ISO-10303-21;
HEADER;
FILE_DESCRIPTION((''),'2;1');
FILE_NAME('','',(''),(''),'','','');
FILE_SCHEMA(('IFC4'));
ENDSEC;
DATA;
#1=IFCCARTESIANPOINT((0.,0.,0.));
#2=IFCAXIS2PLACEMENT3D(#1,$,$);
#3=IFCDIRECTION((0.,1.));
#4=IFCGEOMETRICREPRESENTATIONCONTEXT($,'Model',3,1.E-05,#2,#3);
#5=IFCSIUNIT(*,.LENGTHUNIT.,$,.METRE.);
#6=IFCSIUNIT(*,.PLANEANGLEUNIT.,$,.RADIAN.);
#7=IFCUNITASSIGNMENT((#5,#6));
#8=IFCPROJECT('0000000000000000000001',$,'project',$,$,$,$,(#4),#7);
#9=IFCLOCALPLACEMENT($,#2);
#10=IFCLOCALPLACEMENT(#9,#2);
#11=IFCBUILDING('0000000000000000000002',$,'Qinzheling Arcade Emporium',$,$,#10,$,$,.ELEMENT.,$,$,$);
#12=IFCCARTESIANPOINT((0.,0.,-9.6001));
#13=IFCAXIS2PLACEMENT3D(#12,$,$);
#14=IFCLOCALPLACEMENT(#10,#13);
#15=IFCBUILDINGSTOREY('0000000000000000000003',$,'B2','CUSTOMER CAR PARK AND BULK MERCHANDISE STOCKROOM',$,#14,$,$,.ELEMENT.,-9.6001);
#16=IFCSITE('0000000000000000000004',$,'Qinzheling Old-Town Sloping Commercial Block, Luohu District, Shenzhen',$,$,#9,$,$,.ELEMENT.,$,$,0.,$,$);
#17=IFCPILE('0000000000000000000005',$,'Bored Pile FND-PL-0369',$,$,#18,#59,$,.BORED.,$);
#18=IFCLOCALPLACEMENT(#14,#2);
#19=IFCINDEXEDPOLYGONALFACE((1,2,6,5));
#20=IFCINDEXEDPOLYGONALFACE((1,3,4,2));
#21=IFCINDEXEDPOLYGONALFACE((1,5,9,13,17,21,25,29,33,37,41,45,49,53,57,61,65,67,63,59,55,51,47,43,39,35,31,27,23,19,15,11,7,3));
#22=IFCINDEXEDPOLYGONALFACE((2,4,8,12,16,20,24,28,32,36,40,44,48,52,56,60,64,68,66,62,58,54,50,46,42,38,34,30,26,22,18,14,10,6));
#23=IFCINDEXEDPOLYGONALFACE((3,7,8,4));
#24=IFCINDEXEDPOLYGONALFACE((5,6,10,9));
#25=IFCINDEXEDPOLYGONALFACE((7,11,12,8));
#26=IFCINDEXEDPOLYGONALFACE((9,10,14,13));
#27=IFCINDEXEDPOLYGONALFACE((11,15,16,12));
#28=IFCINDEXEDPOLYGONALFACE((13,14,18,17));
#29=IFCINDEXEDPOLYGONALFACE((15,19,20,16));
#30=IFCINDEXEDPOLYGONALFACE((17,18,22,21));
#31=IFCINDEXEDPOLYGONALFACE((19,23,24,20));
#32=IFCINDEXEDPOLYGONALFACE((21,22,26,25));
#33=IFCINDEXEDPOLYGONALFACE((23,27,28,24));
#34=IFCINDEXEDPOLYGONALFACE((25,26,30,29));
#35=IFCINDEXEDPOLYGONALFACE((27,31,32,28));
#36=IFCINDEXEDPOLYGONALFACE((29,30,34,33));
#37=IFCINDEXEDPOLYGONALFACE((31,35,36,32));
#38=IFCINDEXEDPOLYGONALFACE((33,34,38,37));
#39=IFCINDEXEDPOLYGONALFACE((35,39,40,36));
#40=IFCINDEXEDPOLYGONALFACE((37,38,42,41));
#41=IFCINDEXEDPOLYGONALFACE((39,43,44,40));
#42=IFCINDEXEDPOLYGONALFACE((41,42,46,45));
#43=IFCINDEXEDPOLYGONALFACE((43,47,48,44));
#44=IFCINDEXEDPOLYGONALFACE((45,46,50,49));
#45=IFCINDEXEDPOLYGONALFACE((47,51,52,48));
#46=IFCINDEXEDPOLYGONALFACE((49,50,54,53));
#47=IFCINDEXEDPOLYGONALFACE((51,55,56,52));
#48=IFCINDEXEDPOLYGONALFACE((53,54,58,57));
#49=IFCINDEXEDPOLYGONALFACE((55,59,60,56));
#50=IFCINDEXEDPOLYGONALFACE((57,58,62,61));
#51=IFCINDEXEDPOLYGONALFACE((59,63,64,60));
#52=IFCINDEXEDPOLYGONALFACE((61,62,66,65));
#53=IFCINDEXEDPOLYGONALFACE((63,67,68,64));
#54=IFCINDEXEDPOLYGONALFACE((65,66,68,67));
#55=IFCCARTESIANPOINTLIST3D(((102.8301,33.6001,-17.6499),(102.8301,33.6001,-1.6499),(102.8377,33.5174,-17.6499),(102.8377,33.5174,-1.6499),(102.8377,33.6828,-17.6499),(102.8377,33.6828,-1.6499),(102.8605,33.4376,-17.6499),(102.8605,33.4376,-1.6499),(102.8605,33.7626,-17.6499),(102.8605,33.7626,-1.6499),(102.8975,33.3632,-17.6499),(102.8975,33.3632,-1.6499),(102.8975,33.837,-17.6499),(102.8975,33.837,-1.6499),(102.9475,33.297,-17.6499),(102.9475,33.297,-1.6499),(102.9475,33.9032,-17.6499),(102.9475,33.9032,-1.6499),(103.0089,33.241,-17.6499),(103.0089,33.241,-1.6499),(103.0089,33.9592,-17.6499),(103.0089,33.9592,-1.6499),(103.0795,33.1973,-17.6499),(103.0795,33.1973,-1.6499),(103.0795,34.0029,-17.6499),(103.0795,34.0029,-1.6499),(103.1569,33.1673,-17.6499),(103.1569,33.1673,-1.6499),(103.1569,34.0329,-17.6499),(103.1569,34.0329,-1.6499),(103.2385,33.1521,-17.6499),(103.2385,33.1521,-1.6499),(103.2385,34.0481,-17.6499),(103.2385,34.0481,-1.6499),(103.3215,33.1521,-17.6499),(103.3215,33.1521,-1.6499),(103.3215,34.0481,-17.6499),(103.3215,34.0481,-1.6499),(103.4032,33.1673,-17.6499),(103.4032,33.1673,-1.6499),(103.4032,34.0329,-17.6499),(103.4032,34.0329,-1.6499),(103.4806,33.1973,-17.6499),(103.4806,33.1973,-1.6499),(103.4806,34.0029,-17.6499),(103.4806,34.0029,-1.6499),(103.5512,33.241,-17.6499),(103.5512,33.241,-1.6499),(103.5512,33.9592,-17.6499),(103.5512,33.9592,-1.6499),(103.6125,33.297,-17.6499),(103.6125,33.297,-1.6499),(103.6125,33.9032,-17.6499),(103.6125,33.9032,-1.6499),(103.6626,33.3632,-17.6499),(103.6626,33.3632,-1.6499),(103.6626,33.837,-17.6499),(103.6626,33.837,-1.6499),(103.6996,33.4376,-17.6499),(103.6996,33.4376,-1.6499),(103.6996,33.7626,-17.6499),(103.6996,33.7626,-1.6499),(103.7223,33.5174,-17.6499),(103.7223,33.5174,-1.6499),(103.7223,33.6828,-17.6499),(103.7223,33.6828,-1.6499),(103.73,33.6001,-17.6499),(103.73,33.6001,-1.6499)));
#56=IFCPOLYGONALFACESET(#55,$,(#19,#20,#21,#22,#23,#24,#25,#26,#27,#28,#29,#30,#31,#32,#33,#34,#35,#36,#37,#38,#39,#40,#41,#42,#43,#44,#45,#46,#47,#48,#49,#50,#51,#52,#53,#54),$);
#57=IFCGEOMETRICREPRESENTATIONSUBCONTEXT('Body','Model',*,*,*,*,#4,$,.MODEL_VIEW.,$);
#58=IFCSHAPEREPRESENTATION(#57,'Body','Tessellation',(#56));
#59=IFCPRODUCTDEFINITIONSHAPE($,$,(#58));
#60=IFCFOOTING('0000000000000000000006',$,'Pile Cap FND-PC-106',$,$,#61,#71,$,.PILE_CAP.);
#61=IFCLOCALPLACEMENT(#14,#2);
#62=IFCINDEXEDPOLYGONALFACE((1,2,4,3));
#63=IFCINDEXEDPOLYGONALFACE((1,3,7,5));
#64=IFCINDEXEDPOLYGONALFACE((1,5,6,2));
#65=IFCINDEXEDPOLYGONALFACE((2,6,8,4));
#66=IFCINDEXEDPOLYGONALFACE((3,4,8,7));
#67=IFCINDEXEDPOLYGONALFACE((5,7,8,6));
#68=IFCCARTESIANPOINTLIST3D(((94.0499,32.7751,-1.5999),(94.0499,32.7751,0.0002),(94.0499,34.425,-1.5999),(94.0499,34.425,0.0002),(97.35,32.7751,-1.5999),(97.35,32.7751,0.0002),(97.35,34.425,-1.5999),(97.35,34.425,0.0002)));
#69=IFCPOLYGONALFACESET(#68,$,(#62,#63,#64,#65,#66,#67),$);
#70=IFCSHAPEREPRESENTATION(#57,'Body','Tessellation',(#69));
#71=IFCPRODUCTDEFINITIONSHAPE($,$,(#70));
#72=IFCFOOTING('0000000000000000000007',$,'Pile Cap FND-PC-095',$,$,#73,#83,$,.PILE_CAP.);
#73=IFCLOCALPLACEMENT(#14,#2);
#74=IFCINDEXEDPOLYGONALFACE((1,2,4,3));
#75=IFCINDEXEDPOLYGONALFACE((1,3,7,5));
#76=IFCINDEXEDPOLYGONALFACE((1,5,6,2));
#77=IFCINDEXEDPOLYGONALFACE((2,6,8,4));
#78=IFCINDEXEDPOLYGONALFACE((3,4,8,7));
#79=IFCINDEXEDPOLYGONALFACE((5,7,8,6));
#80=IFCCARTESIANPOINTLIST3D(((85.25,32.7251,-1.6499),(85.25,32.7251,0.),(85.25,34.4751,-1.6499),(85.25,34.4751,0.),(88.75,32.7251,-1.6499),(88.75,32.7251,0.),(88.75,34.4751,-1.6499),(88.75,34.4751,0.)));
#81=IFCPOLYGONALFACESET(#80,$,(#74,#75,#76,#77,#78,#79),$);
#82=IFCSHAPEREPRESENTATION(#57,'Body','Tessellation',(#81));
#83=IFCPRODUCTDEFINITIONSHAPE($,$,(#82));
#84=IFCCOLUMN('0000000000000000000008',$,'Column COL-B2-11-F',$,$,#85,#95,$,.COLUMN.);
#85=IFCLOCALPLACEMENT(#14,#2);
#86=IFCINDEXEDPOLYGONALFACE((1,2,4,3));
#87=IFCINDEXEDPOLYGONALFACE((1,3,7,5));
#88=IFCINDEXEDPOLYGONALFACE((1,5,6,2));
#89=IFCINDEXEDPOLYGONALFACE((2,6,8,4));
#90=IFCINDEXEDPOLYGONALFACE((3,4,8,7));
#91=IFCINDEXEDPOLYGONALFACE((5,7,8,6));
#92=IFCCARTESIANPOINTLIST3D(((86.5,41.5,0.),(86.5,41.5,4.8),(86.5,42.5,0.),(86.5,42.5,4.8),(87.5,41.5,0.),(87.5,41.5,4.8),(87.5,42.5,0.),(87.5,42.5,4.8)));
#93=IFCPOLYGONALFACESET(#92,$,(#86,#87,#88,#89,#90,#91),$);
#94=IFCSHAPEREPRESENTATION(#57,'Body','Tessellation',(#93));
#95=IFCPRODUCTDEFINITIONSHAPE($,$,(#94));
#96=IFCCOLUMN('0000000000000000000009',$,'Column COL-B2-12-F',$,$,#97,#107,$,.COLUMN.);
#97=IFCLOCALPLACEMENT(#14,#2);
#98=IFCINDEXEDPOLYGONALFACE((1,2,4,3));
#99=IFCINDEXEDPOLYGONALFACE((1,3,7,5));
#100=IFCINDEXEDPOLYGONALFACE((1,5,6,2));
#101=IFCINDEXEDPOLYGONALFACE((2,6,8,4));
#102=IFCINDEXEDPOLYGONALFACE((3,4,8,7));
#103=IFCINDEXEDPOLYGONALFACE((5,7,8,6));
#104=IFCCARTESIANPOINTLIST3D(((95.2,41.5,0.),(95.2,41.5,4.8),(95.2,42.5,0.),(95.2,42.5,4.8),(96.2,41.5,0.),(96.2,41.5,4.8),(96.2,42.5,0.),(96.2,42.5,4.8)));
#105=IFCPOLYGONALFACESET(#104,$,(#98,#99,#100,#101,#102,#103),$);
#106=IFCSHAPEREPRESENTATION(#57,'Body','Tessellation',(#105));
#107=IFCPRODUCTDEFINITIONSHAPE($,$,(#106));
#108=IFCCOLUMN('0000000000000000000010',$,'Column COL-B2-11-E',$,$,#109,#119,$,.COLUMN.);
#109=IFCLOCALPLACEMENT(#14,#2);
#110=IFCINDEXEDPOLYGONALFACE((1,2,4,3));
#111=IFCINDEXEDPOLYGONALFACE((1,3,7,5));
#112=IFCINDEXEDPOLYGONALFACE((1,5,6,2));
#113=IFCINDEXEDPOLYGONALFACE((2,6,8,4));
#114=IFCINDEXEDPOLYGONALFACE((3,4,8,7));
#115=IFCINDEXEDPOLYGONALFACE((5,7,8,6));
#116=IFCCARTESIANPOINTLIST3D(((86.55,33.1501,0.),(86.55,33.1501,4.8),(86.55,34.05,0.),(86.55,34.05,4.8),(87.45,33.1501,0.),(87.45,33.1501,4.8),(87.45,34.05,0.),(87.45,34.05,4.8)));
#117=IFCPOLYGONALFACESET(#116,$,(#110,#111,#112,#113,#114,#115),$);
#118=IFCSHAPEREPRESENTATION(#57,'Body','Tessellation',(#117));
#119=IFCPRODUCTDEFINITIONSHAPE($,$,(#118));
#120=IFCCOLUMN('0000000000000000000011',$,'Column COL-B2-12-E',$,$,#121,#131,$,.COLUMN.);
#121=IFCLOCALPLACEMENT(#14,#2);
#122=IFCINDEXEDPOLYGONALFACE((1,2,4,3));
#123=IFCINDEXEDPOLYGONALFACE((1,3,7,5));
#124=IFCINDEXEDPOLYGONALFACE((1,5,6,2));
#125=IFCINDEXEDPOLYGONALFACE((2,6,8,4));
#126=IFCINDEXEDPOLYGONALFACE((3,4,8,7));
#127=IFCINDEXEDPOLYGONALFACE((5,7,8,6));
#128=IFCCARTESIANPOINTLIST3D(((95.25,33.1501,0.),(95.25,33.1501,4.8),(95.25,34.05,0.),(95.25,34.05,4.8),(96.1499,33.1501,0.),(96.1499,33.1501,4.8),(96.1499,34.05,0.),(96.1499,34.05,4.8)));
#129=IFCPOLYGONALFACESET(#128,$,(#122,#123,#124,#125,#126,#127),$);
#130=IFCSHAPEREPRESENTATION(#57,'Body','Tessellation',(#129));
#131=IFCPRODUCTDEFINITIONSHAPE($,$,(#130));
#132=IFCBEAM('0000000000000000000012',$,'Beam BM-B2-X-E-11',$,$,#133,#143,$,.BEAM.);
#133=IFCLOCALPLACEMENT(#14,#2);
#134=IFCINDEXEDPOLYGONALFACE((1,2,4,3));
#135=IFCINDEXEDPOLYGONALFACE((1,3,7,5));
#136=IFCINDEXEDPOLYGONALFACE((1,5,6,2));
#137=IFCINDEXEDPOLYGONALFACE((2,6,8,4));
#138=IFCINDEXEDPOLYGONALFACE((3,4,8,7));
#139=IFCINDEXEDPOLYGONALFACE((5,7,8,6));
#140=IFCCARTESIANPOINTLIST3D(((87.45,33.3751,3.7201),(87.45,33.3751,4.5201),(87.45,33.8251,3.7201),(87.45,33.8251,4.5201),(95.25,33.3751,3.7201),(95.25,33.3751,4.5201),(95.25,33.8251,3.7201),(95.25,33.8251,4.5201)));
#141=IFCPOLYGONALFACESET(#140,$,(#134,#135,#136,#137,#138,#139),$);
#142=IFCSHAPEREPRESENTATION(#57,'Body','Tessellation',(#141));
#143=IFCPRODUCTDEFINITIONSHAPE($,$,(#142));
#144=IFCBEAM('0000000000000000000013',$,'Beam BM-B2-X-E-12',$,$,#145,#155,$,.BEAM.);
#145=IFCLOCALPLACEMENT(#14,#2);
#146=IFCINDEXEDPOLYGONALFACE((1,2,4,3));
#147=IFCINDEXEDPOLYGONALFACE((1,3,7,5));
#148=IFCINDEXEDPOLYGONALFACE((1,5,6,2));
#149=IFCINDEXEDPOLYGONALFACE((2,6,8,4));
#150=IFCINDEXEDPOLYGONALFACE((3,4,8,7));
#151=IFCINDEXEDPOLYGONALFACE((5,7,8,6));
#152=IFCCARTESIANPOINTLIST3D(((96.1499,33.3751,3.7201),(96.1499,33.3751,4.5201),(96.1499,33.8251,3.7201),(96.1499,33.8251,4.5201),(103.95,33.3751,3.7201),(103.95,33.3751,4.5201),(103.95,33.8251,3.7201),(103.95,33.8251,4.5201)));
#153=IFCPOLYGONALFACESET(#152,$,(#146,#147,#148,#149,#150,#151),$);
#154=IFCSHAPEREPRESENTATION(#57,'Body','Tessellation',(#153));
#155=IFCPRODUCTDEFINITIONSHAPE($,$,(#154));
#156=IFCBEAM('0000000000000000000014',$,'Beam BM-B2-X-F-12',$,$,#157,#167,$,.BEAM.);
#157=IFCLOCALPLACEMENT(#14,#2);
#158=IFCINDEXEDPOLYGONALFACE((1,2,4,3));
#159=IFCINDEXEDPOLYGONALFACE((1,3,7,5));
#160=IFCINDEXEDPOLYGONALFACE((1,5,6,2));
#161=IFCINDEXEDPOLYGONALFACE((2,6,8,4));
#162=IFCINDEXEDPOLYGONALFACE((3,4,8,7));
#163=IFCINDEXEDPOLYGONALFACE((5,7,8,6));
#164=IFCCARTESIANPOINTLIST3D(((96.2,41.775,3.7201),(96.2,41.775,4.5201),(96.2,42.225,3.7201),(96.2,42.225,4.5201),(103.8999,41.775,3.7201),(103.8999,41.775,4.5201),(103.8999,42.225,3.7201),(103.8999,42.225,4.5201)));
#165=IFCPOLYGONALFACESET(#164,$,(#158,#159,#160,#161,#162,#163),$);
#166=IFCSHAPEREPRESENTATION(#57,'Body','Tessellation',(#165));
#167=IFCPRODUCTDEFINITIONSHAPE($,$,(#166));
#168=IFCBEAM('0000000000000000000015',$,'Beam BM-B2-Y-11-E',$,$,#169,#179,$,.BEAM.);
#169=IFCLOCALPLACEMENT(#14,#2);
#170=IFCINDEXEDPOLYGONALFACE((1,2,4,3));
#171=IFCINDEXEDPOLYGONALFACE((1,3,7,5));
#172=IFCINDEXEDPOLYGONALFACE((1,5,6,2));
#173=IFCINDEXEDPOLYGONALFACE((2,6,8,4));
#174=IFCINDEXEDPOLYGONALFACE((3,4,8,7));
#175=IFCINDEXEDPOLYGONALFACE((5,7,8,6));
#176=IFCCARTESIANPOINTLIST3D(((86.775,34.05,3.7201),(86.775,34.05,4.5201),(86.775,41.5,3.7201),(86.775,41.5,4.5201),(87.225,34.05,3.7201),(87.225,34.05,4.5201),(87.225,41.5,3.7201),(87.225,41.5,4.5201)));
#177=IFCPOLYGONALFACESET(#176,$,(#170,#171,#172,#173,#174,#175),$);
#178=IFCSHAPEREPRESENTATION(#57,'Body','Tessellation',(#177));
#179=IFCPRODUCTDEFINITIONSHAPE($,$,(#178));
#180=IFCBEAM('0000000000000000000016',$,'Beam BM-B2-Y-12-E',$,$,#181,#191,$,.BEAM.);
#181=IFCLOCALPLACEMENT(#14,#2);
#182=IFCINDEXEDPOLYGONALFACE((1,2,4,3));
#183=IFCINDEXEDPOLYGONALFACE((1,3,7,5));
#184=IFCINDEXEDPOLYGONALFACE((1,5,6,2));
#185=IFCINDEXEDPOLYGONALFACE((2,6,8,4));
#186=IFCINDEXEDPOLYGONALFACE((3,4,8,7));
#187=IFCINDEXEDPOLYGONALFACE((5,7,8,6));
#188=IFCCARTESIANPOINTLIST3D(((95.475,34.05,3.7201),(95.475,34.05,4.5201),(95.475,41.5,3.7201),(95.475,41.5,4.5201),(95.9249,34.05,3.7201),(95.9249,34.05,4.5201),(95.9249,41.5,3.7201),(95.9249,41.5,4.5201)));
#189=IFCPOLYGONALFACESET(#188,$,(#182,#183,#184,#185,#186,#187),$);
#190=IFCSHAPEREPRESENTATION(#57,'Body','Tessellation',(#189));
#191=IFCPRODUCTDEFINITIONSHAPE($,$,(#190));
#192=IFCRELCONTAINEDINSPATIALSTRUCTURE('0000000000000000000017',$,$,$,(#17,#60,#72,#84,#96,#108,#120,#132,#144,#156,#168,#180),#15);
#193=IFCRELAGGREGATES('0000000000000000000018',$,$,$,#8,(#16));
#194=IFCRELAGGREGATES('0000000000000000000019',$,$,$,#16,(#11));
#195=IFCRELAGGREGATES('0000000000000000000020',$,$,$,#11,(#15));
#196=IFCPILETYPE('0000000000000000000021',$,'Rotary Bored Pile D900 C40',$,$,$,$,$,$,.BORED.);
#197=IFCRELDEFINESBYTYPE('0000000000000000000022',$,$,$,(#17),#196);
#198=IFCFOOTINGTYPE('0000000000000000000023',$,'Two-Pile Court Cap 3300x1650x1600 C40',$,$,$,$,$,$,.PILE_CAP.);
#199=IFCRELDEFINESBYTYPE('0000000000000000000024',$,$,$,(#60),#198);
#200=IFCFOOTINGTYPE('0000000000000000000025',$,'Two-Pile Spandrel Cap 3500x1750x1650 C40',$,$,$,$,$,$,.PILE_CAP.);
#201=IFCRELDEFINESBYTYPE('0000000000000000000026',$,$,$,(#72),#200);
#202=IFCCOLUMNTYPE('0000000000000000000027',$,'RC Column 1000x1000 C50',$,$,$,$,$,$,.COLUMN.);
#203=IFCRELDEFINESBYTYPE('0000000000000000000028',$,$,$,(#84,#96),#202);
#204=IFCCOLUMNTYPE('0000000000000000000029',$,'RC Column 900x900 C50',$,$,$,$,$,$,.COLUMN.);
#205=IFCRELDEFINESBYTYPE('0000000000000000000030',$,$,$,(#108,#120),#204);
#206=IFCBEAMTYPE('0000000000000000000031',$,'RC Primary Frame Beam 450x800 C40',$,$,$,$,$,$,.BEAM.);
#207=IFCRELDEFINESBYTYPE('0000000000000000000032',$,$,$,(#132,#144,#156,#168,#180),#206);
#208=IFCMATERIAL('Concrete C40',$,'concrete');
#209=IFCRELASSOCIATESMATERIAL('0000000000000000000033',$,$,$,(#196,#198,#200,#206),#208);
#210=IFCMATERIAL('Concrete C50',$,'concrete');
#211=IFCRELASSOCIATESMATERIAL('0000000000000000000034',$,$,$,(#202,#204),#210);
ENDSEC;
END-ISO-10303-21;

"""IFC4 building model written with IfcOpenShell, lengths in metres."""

from ifc_helpers import new_model, si_unit, direction, frame, origin, origin_2d, place, context, subcontext, project, spatial, rectangle, circle, extrude, material, material_profile, profile_set, type_object, element, save


model = new_model("IFC4")

# Units and contexts
model_context = context("Model", 3, precision=1e-05, world=origin(), true_north=direction((0.0, 1.0)))
body_context = subcontext(model_context, "Body", "Model", "MODEL_VIEW")
ifc_project = project(units=[si_unit("LENGTHUNIT", "METRE"), si_unit("PLANEANGLEUNIT", "RADIAN")], contexts=[model_context])

# Site, building, storey
site_placement = place(None, origin())
site = spatial("IfcSite", under=ifc_project, at=site_placement, Name="Qinzheling Old-Town Sloping Commercial Block, Luohu District, Shenzhen", CompositionType="ELEMENT", RefElevation=0.0)
building_placement = place(site_placement, origin())
building = spatial("IfcBuilding", under=site, at=building_placement, Name="Qinzheling Arcade Emporium", CompositionType="ELEMENT")
storey_placement = place(building_placement, frame((0.0, 0.0, -9.6001)))
storey = spatial("IfcBuildingStorey", under=building, at=storey_placement, Name="B2", Description="CUSTOMER CAR PARK AND BULK MERCHANDISE STOCKROOM", CompositionType="ELEMENT", Elevation=-9.6001)

# Shared definitions
ifc_material_1 = material(Name="Concrete C40", Category="concrete")

# Pile
ifc_material_profile_1 = material_profile(ifc_material_1, circle(Radius=0.45, at=origin_2d()), Name="BORED D900", Category="concrete")
ifc_profile_set_1 = profile_set([ifc_material_profile_1], Name="Concrete C40")
pile_type_1 = type_object("IfcPileType", Name="Rotary Bored Pile D900 C40", PredefinedType="BORED", material=ifc_profile_set_1)
pile_1_placement = place(storey_placement, frame((103.28, 33.6001, -1.6499), z_axis=(0.0, 0.0, -1.0), x_axis=(1.0, 0.0, 0.0)))
element("IfcPile", 1, at=pile_1_placement, inside=storey, type_object=pile_type_1, Name="Bored Pile FND-PL-0369", PredefinedType="BORED", context=body_context, shape_type="SweptSolid", body=[
    extrude(circle(Radius=0.45, at=origin_2d()), origin(), (0.0, 0.0, 1.0), 16.0),
])

# Footings
footing_type_1 = type_object("IfcFootingType", Name="Two-Pile Court Cap 3300x1650x1600 C40", PredefinedType="PILE_CAP", material=ifc_material_1)
footing_1_placement = place(storey_placement, frame((95.7, 33.6001, -1.5999), z_axis=(0.0, 0.0, 1.0), x_axis=(1.0, 0.0, 0.0)))
element("IfcFooting", 2, at=footing_1_placement, inside=storey, type_object=footing_type_1, Name="Pile Cap FND-PC-106", PredefinedType="PILE_CAP", context=body_context, shape_type="SweptSolid", body=[
    extrude(rectangle(XDim=3.3, YDim=1.6499, at=origin_2d()), origin(), (0.0, 0.0, 1.0), 1.6001),
])
footing_type_2 = type_object("IfcFootingType", Name="Two-Pile Spandrel Cap 3500x1750x1650 C40", PredefinedType="PILE_CAP", material=ifc_material_1)
footing_2_placement = place(storey_placement, frame((87.0, 33.6001, -1.6499), z_axis=(0.0, 0.0, 1.0), x_axis=(1.0, 0.0, 0.0)))
element("IfcFooting", 3, at=footing_2_placement, inside=storey, type_object=footing_type_2, Name="Pile Cap FND-PC-095", PredefinedType="PILE_CAP", context=body_context, shape_type="SweptSolid", body=[
    extrude(rectangle(XDim=3.5, YDim=1.75, at=origin_2d()), origin(), (0.0, 0.0, 1.0), 1.6499),
])

# Columns
ifc_material_2 = material(Name="Concrete C50", Category="concrete")
ifc_material_profile_2 = material_profile(ifc_material_2, rectangle(XDim=1.0, YDim=1.0, at=origin_2d()), Name="RC 1000x1000", Category="concrete")
ifc_profile_set_2 = profile_set([ifc_material_profile_2], Name="Concrete C50")
column_type_1 = type_object("IfcColumnType", Name="RC Column 1000x1000 C50", PredefinedType="COLUMN", material=ifc_profile_set_2)
for number, where, z_axis, x_axis, name in (
    (4, (87.0, 42.0, 0.0), (0.0, 0.0, 1.0), (1.0, 0.0, 0.0), "Column COL-B2-11-F"),
    (5, (95.7, 42.0, 0.0), (0.0, 0.0, 1.0), (1.0, 0.0, 0.0), "Column COL-B2-12-F"),
):
    element("IfcColumn", number, at=place(storey_placement, frame(where, z_axis=z_axis, x_axis=x_axis)), inside=storey, type_object=column_type_1, Name=name, PredefinedType="COLUMN", context=body_context, shape_type="SweptSolid", body=[
        extrude(rectangle(XDim=1.0, YDim=1.0, at=origin_2d()), origin(), (0.0, 0.0, 1.0), 4.8),
    ])
ifc_material_profile_3 = material_profile(ifc_material_2, rectangle(XDim=0.8999, YDim=0.8999, at=origin_2d()), Name="RC 900x900", Category="concrete")
ifc_profile_set_3 = profile_set([ifc_material_profile_3], Name="Concrete C50")
column_type_2 = type_object("IfcColumnType", Name="RC Column 900x900 C50", PredefinedType="COLUMN", material=ifc_profile_set_3)
for number, where, z_axis, x_axis, name in (
    (6, (87.0, 33.6001, 0.0), (0.0, 0.0, 1.0), (1.0, 0.0, 0.0), "Column COL-B2-11-E"),
    (7, (95.7, 33.6001, 0.0), (0.0, 0.0, 1.0), (1.0, 0.0, 0.0), "Column COL-B2-12-E"),
):
    element("IfcColumn", number, at=place(storey_placement, frame(where, z_axis=z_axis, x_axis=x_axis)), inside=storey, type_object=column_type_2, Name=name, PredefinedType="COLUMN", context=body_context, shape_type="SweptSolid", body=[
        extrude(rectangle(XDim=0.8999, YDim=0.8999, at=origin_2d()), origin(), (0.0, 0.0, 1.0), 4.8),
    ])

# Beams
ifc_material_profile_4 = material_profile(ifc_material_1, rectangle(XDim=0.45, YDim=0.8, at=origin_2d()), Name="RC 450x800", Category="concrete")
ifc_profile_set_4 = profile_set([ifc_material_profile_4], Name="Concrete C40")
beam_type = type_object("IfcBeamType", Name="RC Primary Frame Beam 450x800 C40", PredefinedType="BEAM", material=ifc_profile_set_4)
for number, where, z_axis, x_axis, name in (
    (8, (87.45, 33.6001, 4.1201), (1.0, 0.0, 0.0), (0.0, 1.0, 0.0), "Beam BM-B2-X-E-11"),
    (9, (96.1499, 33.6001, 4.1201), (1.0, 0.0, 0.0), (0.0, 1.0, 0.0), "Beam BM-B2-X-E-12"),
):
    element("IfcBeam", number, at=place(storey_placement, frame(where, z_axis=z_axis, x_axis=x_axis)), inside=storey, type_object=beam_type, Name=name, PredefinedType="BEAM", context=body_context, shape_type="SweptSolid", body=[
        extrude(rectangle(XDim=0.45, YDim=0.8, at=origin_2d()), origin(), (0.0, 0.0, 1.0), 7.8),
    ])
beam_placement = place(storey_placement, frame((96.2, 42.0, 4.1201), z_axis=(1.0, 0.0, 0.0), x_axis=(0.0, 1.0, 0.0)))
element("IfcBeam", 10, at=beam_placement, inside=storey, type_object=beam_type, Name="Beam BM-B2-X-F-12", PredefinedType="BEAM", context=body_context, shape_type="SweptSolid", body=[
    extrude(rectangle(XDim=0.45, YDim=0.8, at=origin_2d()), origin(), (0.0, 0.0, 1.0), 7.7),
])
for number, where, z_axis, x_axis, name in (
    (11, (87.0, 34.05, 4.1201), (0.0, 1.0, 0.0), (-1.0, 0.0, 0.0), "Beam BM-B2-Y-11-E"),
    (12, (95.7, 34.05, 4.1201), (0.0, 1.0, 0.0), (-1.0, 0.0, 0.0), "Beam BM-B2-Y-12-E"),
):
    element("IfcBeam", number, at=place(storey_placement, frame(where, z_axis=z_axis, x_axis=x_axis)), inside=storey, type_object=beam_type, Name=name, PredefinedType="BEAM", context=body_context, shape_type="SweptSolid", body=[
        extrude(rectangle(XDim=0.45, YDim=0.8, at=origin_2d()), origin(), (0.0, 0.0, 1.0), 7.45),
    ])

save(model, "model.ifc")
